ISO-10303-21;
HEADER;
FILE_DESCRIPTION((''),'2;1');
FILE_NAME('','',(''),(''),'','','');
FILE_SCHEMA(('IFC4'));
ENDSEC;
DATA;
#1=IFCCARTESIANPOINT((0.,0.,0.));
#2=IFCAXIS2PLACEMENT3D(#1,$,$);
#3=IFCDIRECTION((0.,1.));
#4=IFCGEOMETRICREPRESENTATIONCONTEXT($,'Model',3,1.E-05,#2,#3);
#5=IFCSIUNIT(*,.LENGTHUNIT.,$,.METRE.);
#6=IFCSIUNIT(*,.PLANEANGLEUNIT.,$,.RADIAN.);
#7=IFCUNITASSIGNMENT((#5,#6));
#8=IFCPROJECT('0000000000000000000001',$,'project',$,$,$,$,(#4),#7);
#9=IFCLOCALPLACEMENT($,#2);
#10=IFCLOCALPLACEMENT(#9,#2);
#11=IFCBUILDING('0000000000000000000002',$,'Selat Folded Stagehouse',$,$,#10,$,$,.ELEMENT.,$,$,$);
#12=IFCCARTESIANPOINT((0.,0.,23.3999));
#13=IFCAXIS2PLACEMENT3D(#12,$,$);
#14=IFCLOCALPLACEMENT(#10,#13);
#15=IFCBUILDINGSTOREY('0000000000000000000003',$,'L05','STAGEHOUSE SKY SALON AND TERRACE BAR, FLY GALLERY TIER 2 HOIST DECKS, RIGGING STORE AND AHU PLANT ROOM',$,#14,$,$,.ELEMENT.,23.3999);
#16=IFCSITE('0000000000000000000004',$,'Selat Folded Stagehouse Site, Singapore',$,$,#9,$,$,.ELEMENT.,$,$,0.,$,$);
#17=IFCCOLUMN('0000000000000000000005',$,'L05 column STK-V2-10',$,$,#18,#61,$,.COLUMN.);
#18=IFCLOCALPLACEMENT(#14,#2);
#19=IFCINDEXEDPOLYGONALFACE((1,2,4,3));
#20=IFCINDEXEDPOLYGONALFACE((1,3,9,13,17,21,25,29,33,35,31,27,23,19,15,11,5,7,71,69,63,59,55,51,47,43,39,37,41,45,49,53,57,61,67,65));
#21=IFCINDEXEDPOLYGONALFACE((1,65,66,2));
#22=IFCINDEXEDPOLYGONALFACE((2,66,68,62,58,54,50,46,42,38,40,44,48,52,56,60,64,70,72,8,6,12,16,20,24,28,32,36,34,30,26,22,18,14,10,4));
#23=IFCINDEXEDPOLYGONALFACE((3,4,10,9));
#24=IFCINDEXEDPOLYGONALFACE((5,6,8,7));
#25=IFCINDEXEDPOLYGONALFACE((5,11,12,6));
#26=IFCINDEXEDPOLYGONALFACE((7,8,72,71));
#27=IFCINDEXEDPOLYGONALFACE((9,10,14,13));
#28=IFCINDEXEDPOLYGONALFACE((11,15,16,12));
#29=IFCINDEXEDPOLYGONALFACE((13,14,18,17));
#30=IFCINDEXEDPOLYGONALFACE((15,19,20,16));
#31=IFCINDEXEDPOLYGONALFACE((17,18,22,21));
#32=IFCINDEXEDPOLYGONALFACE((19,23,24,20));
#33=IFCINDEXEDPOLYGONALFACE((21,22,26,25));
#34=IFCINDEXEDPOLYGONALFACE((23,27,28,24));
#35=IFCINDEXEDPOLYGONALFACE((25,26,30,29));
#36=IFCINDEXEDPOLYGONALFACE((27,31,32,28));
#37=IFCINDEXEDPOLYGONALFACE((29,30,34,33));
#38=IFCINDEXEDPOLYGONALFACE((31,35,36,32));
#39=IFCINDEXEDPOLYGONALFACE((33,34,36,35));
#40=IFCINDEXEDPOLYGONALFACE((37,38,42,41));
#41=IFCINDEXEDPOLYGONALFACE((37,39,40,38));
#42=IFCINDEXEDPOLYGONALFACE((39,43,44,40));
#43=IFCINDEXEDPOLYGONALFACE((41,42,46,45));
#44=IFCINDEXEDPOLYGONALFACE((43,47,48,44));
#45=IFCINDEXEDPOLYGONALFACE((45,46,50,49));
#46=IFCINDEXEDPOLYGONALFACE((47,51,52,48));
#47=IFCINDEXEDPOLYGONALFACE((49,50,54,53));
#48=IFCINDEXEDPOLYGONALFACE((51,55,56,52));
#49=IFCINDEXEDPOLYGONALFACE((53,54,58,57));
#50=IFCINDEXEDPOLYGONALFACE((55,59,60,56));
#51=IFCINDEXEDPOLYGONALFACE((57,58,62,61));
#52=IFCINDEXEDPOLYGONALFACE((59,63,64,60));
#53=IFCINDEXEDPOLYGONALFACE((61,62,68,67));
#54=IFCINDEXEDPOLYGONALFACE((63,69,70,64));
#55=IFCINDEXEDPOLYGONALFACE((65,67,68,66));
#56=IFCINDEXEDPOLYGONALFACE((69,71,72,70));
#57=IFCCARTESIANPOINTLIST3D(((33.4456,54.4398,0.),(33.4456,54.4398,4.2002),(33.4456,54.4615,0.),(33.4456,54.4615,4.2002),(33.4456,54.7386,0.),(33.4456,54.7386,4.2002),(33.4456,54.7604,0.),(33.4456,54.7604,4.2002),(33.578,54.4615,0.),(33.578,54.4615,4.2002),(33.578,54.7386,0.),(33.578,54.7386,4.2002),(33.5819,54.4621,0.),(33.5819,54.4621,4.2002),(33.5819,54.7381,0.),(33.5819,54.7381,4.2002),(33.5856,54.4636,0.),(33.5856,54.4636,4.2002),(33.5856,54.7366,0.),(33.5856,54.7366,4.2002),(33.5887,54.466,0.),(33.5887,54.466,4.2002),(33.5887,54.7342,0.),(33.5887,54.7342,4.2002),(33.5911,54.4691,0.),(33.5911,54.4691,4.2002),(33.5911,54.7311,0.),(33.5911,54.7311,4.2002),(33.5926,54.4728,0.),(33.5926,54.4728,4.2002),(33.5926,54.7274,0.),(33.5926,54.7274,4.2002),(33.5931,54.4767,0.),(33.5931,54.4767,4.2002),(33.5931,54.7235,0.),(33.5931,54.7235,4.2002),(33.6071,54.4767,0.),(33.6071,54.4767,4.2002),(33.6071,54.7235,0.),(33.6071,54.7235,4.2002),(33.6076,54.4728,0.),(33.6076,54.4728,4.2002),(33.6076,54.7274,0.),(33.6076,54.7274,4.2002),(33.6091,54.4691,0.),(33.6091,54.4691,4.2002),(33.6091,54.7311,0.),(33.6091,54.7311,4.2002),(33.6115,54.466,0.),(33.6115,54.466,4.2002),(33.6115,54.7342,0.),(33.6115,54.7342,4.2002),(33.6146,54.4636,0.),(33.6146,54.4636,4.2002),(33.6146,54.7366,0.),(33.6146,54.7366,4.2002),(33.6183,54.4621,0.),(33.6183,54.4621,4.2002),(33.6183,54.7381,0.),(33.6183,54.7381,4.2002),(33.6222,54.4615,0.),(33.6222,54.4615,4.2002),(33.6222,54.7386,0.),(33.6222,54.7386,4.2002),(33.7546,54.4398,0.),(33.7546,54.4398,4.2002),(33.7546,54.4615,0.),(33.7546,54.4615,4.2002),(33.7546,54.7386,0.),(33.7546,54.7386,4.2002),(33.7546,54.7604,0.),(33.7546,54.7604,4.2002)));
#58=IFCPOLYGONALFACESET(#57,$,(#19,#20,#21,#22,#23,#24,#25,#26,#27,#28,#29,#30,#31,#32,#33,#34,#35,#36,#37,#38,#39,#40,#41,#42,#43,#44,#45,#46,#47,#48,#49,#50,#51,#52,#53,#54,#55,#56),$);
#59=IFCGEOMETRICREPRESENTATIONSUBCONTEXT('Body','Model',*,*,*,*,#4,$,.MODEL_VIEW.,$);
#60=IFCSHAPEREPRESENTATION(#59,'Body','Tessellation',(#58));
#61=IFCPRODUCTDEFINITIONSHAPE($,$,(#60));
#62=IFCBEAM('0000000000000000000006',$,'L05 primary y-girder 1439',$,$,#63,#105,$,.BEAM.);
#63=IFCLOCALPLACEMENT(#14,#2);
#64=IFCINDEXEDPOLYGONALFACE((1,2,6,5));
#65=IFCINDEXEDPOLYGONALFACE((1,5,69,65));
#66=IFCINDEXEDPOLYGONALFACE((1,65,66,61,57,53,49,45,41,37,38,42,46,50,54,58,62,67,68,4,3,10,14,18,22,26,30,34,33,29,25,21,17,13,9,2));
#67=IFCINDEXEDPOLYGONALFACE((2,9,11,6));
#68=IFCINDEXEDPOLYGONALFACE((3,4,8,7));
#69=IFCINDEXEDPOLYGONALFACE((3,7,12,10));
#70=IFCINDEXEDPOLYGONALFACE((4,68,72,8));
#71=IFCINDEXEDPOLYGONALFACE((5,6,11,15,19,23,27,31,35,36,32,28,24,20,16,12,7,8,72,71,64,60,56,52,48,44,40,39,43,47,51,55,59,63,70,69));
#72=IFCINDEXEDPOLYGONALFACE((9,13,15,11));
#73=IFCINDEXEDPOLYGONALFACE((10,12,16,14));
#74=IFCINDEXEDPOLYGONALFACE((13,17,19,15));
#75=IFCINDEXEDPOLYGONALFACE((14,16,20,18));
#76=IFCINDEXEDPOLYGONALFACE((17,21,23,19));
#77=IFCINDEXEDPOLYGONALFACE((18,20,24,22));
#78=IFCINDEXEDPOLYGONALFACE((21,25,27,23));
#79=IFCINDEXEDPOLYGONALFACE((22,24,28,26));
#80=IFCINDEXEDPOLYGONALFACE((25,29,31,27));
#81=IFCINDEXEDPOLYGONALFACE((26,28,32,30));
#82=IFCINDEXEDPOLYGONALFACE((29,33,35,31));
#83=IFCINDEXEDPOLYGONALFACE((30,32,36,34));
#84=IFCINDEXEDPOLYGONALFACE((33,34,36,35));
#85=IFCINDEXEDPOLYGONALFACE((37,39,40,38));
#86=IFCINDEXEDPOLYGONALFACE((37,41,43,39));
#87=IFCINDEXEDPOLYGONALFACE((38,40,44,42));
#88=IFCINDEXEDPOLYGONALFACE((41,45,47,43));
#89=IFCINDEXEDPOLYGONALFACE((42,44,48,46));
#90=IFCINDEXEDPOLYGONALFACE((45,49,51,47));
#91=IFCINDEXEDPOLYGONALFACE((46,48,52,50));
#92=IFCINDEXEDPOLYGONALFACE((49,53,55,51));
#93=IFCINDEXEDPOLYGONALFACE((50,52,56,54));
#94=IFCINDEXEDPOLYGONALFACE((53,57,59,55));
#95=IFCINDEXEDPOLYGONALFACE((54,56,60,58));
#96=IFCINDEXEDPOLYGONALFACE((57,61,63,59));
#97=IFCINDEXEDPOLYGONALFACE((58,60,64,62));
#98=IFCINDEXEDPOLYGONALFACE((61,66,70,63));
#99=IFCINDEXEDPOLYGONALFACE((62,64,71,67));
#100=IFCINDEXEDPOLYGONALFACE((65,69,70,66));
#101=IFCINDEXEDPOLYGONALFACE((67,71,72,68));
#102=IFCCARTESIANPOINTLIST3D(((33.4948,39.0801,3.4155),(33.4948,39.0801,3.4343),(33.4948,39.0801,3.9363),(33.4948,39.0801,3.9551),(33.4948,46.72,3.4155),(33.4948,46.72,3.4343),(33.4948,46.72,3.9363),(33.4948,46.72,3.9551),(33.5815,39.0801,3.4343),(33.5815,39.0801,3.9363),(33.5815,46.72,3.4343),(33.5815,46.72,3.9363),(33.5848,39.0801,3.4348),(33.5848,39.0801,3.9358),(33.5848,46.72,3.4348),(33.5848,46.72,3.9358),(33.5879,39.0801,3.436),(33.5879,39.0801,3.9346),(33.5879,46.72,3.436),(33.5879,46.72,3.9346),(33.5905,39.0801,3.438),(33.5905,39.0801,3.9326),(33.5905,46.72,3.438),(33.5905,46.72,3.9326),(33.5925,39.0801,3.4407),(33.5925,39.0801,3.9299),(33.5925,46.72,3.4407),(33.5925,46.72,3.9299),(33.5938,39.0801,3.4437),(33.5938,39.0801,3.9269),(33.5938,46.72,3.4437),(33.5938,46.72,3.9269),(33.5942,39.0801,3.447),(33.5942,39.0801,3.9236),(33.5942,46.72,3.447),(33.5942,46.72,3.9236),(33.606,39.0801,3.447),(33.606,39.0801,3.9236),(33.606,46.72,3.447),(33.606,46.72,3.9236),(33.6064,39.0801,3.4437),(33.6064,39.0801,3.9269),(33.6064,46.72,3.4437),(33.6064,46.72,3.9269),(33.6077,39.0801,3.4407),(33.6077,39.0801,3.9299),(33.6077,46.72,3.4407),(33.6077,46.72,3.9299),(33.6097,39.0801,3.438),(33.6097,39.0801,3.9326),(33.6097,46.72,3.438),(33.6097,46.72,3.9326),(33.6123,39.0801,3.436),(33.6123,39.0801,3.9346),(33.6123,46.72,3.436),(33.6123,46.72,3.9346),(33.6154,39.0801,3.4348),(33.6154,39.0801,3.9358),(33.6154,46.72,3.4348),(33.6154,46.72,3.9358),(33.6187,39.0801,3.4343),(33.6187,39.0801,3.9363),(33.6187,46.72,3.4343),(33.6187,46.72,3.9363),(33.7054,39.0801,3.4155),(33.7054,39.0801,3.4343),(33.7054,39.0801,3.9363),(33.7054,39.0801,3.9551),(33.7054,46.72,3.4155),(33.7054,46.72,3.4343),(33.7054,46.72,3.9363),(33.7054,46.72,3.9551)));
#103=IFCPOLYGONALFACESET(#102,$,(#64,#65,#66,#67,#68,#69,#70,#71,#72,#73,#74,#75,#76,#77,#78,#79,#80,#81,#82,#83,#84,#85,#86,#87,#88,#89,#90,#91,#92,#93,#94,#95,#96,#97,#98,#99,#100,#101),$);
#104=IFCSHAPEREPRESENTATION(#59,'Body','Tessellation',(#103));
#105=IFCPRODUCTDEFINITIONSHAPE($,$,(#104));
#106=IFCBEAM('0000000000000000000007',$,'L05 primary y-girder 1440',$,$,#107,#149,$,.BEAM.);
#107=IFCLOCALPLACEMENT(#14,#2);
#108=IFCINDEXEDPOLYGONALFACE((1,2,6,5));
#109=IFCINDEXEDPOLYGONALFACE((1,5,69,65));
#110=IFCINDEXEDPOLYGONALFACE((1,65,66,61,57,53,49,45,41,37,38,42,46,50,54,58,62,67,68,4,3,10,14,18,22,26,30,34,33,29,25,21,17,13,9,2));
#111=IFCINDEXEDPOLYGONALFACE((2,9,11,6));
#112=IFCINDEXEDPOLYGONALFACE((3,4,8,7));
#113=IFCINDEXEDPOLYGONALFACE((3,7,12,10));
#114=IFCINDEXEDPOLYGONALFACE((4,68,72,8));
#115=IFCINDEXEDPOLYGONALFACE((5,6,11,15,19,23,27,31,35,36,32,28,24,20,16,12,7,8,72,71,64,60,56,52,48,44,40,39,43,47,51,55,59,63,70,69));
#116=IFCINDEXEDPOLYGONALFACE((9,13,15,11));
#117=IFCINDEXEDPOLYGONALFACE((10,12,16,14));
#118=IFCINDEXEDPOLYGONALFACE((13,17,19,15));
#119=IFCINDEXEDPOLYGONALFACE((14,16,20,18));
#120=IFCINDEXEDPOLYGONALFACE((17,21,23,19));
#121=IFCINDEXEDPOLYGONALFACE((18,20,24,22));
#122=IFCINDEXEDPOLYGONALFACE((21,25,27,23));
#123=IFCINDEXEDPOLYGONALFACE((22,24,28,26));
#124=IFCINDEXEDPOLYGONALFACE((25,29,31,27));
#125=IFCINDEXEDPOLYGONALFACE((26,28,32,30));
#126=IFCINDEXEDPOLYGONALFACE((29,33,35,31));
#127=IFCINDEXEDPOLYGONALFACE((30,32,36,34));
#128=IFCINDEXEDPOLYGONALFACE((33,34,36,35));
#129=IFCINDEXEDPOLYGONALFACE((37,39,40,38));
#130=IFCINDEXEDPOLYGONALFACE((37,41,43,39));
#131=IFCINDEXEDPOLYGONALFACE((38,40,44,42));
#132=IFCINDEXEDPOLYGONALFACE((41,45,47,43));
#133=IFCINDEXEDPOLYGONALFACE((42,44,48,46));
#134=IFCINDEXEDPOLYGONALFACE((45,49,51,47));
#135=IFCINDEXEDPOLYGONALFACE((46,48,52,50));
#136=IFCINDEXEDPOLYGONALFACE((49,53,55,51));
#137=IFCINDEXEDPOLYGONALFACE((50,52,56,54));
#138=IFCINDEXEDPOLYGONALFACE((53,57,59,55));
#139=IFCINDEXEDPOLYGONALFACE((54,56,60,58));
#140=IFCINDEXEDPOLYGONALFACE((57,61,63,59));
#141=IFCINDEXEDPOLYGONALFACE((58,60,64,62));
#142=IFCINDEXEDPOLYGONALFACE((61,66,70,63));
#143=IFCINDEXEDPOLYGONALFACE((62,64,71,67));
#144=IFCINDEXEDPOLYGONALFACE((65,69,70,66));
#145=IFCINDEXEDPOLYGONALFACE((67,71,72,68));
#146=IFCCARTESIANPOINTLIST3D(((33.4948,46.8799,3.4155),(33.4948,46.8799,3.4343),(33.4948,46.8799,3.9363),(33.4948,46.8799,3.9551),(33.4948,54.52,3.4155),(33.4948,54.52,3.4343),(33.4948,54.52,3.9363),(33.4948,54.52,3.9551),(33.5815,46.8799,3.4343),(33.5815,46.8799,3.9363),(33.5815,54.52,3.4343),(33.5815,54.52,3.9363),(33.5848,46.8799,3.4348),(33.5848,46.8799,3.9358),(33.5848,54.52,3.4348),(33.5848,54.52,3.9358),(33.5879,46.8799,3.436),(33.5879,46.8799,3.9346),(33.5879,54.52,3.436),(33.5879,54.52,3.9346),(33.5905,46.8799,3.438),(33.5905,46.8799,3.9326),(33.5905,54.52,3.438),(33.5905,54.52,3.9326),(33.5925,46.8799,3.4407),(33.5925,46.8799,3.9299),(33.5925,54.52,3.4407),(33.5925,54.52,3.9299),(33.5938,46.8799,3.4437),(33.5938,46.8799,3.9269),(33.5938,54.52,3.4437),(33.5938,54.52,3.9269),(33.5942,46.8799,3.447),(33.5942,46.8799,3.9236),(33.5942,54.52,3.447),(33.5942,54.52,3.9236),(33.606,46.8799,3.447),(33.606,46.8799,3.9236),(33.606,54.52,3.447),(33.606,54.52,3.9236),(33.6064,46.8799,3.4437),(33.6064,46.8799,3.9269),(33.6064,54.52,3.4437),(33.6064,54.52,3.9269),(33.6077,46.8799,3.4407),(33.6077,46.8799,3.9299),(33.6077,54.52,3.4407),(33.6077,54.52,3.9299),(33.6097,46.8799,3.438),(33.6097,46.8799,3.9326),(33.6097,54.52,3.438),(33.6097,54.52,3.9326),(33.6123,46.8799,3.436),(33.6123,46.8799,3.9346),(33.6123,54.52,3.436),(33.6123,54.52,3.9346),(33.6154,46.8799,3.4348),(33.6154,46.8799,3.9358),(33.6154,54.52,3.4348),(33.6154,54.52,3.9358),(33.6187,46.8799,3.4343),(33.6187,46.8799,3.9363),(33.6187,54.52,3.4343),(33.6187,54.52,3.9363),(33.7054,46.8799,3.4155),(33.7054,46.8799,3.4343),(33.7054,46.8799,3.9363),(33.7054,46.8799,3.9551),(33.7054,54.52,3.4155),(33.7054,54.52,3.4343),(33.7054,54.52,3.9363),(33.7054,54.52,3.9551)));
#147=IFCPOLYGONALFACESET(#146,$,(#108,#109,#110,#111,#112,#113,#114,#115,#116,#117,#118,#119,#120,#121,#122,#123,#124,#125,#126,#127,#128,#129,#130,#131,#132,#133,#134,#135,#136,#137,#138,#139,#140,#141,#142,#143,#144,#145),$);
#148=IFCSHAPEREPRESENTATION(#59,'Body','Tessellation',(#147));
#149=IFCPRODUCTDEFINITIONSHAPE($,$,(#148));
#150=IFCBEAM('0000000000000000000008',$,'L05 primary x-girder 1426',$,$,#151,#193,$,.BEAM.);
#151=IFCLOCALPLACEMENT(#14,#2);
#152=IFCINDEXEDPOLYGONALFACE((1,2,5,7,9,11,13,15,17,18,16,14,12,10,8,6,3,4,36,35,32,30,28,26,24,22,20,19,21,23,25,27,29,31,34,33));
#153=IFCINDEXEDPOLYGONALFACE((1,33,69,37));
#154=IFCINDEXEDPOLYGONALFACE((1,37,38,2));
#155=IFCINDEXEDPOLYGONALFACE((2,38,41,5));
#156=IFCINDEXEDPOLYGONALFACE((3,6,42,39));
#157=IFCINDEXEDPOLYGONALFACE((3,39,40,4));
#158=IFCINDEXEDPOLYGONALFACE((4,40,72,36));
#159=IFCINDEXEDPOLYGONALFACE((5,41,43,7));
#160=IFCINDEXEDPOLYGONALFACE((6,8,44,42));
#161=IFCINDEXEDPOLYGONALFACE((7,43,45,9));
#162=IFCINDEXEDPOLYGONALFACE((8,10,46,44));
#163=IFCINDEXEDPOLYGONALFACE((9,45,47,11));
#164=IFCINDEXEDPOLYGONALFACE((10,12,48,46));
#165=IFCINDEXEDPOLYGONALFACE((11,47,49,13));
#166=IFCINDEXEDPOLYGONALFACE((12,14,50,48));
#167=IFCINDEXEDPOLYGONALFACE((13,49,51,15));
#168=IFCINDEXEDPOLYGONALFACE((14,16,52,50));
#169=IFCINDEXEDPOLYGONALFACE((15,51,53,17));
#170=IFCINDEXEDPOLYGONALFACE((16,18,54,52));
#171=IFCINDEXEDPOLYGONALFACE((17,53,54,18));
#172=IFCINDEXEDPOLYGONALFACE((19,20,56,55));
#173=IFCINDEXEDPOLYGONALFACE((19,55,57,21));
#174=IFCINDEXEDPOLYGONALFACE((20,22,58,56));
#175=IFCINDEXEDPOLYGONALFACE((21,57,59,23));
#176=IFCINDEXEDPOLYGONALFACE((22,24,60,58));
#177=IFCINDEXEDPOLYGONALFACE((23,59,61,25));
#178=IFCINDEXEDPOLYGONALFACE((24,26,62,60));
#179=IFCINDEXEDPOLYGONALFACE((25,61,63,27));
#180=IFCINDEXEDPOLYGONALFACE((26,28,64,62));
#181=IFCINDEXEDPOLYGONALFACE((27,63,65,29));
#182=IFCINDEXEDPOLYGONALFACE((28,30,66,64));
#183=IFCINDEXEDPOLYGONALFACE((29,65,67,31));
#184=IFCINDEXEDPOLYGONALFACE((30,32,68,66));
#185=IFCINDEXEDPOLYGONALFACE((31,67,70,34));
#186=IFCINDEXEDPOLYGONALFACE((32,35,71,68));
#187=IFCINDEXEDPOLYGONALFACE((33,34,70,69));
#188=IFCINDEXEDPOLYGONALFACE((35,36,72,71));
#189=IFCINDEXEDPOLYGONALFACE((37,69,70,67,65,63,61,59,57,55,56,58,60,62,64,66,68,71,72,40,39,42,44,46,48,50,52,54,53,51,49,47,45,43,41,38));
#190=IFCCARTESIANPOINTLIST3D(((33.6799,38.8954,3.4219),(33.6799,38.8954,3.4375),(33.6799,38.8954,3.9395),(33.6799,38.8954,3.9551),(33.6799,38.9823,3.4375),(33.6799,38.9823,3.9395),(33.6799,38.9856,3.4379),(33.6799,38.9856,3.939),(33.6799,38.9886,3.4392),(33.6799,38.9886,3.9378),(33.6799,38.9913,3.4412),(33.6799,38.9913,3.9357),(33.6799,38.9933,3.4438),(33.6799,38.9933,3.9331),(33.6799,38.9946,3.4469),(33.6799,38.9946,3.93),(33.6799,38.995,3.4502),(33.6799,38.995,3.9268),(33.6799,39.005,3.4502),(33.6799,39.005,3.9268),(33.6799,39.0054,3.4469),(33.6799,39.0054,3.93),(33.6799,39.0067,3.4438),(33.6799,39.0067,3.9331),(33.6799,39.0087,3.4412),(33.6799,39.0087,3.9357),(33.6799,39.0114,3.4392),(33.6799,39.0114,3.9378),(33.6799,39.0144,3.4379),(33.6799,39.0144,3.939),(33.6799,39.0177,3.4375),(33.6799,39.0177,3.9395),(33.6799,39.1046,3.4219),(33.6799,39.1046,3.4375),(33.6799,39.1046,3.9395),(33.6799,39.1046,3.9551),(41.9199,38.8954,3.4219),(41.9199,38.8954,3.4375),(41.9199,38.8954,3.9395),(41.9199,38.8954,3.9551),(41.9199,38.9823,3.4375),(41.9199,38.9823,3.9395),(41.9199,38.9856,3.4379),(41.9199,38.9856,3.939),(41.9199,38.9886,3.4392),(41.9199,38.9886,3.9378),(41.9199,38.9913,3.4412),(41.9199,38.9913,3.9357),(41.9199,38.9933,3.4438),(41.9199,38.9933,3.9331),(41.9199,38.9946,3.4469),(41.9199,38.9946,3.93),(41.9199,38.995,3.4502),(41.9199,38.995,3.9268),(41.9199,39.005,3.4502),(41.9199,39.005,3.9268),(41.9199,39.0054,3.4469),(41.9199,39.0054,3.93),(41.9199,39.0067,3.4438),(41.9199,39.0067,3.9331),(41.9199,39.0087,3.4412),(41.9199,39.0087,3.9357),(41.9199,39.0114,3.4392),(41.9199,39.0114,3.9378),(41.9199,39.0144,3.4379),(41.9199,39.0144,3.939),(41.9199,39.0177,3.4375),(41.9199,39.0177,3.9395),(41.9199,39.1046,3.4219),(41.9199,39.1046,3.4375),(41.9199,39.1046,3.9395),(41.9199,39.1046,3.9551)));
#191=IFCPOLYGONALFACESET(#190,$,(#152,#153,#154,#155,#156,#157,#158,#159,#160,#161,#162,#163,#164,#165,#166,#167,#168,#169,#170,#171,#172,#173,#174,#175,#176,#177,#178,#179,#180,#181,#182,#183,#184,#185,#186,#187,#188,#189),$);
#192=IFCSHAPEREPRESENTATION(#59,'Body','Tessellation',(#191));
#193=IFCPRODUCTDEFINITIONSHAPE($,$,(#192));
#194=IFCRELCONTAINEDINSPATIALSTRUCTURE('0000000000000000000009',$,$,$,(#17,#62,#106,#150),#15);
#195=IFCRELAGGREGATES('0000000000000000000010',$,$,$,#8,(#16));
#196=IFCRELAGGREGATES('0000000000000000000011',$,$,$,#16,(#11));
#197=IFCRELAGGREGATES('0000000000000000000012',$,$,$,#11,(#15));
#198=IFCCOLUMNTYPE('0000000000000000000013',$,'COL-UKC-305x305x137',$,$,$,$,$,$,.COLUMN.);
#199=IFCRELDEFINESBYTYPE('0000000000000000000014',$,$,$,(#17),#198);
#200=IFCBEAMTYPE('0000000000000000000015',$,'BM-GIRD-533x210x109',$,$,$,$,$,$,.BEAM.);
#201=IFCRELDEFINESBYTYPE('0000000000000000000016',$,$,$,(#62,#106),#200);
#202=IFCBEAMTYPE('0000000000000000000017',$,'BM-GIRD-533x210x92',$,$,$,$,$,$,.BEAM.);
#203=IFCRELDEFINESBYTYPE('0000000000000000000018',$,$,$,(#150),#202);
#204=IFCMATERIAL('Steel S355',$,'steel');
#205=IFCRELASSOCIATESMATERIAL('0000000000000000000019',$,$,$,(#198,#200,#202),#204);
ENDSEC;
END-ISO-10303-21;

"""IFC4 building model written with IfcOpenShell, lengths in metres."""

from ifc_helpers import new_model, si_unit, direction, frame, origin, origin_2d, place, context, subcontext, project, spatial, i_section, extrude, material, material_profile, profile_set, type_object, element, save


model = new_model("IFC4")

# Units and contexts
model_context = context("Model", 3, precision=1e-05, world=origin(), true_north=direction((0.0, 1.0)))
body_context = subcontext(model_context, "Body", "Model", "MODEL_VIEW")
ifc_project = project(units=[si_unit("LENGTHUNIT", "METRE"), si_unit("PLANEANGLEUNIT", "RADIAN")], contexts=[model_context])

# Site, building, storey
site_placement = place(None, origin())
site = spatial("IfcSite", under=ifc_project, at=site_placement, Name="Selat Folded Stagehouse Site, Singapore", CompositionType="ELEMENT", RefElevation=0.0)
building_placement = place(site_placement, origin())
building = spatial("IfcBuilding", under=site, at=building_placement, Name="Selat Folded Stagehouse", CompositionType="ELEMENT")
storey_placement = place(building_placement, frame((0.0, 0.0, 23.3999)))
storey = spatial("IfcBuildingStorey", under=building, at=storey_placement, Name="L05", Description="STAGEHOUSE SKY SALON AND TERRACE BAR, FLY GALLERY TIER 2 HOIST DECKS, RIGGING STORE AND AHU PLANT ROOM", CompositionType="ELEMENT", Elevation=23.3999)

# Column
ifc_material_1 = material(Name="Steel S355", Category="steel")
ifc_material_profile_1 = material_profile(ifc_material_1, i_section(OverallWidth=0.3091, OverallDepth=0.3206, WebThickness=0.0139, FlangeThickness=0.0217, FilletRadius=0.0151, at=origin_2d()), Name="UKC 305x305x137")
ifc_profile_set_1 = profile_set([ifc_material_profile_1], Name="Steel S355")
column_type = type_object("IfcColumnType", Name="COL-UKC-305x305x137", PredefinedType="COLUMN", material=ifc_profile_set_1)
for number, where, z_axis, x_axis, name in (
    (1, (33.6001, 54.6001, 0.0), (0.0, 0.0, 1.0), (1.0, 0.0, 0.0), "L05 column STK-V2-10"),
):
    element("IfcColumn", number, at=place(storey_placement, frame(where, z_axis=z_axis, x_axis=x_axis)), inside=storey, type_object=column_type, Name=name, PredefinedType="COLUMN", context=body_context, shape_type="SweptSolid", body=[
        extrude(i_section(OverallWidth=0.3091, OverallDepth=0.3206, WebThickness=0.0139, FlangeThickness=0.0217, FilletRadius=0.0151, at=origin_2d()), origin(), (0.0, 0.0, 1.0), 4.2002),
    ])

# Beams
ifc_material_profile_2 = material_profile(ifc_material_1, i_section(OverallWidth=0.2107, OverallDepth=0.5396, WebThickness=0.0117, FlangeThickness=0.0188, FilletRadius=0.0127, at=origin_2d()), Name="UKB 533x210x109")
ifc_profile_set_2 = profile_set([ifc_material_profile_2], Name="Steel S355")
beam_type_1 = type_object("IfcBeamType", Name="BM-GIRD-533x210x109", PredefinedType="BEAM", material=ifc_profile_set_2)
beam_1_placement = place(storey_placement, frame((33.6001, 39.0801, 3.6853), z_axis=(0.0, 1.0, 0.0), x_axis=(-1.0, 0.0, 0.0)))
element("IfcBeam", 2, at=beam_1_placement, inside=storey, type_object=beam_type_1, Name="L05 primary y-girder 1439", PredefinedType="BEAM", context=body_context, shape_type="SweptSolid", body=[
    extrude(i_section(OverallWidth=0.2107, OverallDepth=0.5396, WebThickness=0.0117, FlangeThickness=0.0188, FilletRadius=0.0127, at=origin_2d()), origin(), (0.0, 0.0, 1.0), 7.6399),
])
beam_2_placement = place(storey_placement, frame((33.6001, 46.8799, 3.6853), z_axis=(0.0, 1.0, 0.0), x_axis=(-1.0, 0.0, 0.0)))
element("IfcBeam", 3, at=beam_2_placement, inside=storey, type_object=beam_type_1, Name="L05 primary y-girder 1440", PredefinedType="BEAM", context=body_context, shape_type="SweptSolid", body=[
    extrude(i_section(OverallWidth=0.2107, OverallDepth=0.5396, WebThickness=0.0117, FlangeThickness=0.0188, FilletRadius=0.0127, at=origin_2d()), origin(), (0.0, 0.0, 1.0), 7.6401),
])
ifc_material_profile_3 = material_profile(ifc_material_1, i_section(OverallWidth=0.2092, OverallDepth=0.5332, WebThickness=0.01, FlangeThickness=0.0156, FilletRadius=0.0127, at=origin_2d()), Name="UKB 533x210x92")
ifc_profile_set_3 = profile_set([ifc_material_profile_3], Name="Steel S355")
beam_type_2 = type_object("IfcBeamType", Name="BM-GIRD-533x210x92", PredefinedType="BEAM", material=ifc_profile_set_3)
for number, where, z_axis, x_axis, name in (
    (4, (33.6799, 39.0, 3.6885), (1.0, 0.0, 0.0), (0.0, 1.0, 0.0), "L05 primary x-girder 1426"),
):
    element("IfcBeam", number, at=place(storey_placement, frame(where, z_axis=z_axis, x_axis=x_axis)), inside=storey, type_object=beam_type_2, Name=name, PredefinedType="BEAM", context=body_context, shape_type="SweptSolid", body=[
        extrude(i_section(OverallWidth=0.2092, OverallDepth=0.5332, WebThickness=0.01, FlangeThickness=0.0156, FilletRadius=0.0127, at=origin_2d()), origin(), (0.0, 0.0, 1.0), 8.24),
    ])

save(model, "model.ifc")
